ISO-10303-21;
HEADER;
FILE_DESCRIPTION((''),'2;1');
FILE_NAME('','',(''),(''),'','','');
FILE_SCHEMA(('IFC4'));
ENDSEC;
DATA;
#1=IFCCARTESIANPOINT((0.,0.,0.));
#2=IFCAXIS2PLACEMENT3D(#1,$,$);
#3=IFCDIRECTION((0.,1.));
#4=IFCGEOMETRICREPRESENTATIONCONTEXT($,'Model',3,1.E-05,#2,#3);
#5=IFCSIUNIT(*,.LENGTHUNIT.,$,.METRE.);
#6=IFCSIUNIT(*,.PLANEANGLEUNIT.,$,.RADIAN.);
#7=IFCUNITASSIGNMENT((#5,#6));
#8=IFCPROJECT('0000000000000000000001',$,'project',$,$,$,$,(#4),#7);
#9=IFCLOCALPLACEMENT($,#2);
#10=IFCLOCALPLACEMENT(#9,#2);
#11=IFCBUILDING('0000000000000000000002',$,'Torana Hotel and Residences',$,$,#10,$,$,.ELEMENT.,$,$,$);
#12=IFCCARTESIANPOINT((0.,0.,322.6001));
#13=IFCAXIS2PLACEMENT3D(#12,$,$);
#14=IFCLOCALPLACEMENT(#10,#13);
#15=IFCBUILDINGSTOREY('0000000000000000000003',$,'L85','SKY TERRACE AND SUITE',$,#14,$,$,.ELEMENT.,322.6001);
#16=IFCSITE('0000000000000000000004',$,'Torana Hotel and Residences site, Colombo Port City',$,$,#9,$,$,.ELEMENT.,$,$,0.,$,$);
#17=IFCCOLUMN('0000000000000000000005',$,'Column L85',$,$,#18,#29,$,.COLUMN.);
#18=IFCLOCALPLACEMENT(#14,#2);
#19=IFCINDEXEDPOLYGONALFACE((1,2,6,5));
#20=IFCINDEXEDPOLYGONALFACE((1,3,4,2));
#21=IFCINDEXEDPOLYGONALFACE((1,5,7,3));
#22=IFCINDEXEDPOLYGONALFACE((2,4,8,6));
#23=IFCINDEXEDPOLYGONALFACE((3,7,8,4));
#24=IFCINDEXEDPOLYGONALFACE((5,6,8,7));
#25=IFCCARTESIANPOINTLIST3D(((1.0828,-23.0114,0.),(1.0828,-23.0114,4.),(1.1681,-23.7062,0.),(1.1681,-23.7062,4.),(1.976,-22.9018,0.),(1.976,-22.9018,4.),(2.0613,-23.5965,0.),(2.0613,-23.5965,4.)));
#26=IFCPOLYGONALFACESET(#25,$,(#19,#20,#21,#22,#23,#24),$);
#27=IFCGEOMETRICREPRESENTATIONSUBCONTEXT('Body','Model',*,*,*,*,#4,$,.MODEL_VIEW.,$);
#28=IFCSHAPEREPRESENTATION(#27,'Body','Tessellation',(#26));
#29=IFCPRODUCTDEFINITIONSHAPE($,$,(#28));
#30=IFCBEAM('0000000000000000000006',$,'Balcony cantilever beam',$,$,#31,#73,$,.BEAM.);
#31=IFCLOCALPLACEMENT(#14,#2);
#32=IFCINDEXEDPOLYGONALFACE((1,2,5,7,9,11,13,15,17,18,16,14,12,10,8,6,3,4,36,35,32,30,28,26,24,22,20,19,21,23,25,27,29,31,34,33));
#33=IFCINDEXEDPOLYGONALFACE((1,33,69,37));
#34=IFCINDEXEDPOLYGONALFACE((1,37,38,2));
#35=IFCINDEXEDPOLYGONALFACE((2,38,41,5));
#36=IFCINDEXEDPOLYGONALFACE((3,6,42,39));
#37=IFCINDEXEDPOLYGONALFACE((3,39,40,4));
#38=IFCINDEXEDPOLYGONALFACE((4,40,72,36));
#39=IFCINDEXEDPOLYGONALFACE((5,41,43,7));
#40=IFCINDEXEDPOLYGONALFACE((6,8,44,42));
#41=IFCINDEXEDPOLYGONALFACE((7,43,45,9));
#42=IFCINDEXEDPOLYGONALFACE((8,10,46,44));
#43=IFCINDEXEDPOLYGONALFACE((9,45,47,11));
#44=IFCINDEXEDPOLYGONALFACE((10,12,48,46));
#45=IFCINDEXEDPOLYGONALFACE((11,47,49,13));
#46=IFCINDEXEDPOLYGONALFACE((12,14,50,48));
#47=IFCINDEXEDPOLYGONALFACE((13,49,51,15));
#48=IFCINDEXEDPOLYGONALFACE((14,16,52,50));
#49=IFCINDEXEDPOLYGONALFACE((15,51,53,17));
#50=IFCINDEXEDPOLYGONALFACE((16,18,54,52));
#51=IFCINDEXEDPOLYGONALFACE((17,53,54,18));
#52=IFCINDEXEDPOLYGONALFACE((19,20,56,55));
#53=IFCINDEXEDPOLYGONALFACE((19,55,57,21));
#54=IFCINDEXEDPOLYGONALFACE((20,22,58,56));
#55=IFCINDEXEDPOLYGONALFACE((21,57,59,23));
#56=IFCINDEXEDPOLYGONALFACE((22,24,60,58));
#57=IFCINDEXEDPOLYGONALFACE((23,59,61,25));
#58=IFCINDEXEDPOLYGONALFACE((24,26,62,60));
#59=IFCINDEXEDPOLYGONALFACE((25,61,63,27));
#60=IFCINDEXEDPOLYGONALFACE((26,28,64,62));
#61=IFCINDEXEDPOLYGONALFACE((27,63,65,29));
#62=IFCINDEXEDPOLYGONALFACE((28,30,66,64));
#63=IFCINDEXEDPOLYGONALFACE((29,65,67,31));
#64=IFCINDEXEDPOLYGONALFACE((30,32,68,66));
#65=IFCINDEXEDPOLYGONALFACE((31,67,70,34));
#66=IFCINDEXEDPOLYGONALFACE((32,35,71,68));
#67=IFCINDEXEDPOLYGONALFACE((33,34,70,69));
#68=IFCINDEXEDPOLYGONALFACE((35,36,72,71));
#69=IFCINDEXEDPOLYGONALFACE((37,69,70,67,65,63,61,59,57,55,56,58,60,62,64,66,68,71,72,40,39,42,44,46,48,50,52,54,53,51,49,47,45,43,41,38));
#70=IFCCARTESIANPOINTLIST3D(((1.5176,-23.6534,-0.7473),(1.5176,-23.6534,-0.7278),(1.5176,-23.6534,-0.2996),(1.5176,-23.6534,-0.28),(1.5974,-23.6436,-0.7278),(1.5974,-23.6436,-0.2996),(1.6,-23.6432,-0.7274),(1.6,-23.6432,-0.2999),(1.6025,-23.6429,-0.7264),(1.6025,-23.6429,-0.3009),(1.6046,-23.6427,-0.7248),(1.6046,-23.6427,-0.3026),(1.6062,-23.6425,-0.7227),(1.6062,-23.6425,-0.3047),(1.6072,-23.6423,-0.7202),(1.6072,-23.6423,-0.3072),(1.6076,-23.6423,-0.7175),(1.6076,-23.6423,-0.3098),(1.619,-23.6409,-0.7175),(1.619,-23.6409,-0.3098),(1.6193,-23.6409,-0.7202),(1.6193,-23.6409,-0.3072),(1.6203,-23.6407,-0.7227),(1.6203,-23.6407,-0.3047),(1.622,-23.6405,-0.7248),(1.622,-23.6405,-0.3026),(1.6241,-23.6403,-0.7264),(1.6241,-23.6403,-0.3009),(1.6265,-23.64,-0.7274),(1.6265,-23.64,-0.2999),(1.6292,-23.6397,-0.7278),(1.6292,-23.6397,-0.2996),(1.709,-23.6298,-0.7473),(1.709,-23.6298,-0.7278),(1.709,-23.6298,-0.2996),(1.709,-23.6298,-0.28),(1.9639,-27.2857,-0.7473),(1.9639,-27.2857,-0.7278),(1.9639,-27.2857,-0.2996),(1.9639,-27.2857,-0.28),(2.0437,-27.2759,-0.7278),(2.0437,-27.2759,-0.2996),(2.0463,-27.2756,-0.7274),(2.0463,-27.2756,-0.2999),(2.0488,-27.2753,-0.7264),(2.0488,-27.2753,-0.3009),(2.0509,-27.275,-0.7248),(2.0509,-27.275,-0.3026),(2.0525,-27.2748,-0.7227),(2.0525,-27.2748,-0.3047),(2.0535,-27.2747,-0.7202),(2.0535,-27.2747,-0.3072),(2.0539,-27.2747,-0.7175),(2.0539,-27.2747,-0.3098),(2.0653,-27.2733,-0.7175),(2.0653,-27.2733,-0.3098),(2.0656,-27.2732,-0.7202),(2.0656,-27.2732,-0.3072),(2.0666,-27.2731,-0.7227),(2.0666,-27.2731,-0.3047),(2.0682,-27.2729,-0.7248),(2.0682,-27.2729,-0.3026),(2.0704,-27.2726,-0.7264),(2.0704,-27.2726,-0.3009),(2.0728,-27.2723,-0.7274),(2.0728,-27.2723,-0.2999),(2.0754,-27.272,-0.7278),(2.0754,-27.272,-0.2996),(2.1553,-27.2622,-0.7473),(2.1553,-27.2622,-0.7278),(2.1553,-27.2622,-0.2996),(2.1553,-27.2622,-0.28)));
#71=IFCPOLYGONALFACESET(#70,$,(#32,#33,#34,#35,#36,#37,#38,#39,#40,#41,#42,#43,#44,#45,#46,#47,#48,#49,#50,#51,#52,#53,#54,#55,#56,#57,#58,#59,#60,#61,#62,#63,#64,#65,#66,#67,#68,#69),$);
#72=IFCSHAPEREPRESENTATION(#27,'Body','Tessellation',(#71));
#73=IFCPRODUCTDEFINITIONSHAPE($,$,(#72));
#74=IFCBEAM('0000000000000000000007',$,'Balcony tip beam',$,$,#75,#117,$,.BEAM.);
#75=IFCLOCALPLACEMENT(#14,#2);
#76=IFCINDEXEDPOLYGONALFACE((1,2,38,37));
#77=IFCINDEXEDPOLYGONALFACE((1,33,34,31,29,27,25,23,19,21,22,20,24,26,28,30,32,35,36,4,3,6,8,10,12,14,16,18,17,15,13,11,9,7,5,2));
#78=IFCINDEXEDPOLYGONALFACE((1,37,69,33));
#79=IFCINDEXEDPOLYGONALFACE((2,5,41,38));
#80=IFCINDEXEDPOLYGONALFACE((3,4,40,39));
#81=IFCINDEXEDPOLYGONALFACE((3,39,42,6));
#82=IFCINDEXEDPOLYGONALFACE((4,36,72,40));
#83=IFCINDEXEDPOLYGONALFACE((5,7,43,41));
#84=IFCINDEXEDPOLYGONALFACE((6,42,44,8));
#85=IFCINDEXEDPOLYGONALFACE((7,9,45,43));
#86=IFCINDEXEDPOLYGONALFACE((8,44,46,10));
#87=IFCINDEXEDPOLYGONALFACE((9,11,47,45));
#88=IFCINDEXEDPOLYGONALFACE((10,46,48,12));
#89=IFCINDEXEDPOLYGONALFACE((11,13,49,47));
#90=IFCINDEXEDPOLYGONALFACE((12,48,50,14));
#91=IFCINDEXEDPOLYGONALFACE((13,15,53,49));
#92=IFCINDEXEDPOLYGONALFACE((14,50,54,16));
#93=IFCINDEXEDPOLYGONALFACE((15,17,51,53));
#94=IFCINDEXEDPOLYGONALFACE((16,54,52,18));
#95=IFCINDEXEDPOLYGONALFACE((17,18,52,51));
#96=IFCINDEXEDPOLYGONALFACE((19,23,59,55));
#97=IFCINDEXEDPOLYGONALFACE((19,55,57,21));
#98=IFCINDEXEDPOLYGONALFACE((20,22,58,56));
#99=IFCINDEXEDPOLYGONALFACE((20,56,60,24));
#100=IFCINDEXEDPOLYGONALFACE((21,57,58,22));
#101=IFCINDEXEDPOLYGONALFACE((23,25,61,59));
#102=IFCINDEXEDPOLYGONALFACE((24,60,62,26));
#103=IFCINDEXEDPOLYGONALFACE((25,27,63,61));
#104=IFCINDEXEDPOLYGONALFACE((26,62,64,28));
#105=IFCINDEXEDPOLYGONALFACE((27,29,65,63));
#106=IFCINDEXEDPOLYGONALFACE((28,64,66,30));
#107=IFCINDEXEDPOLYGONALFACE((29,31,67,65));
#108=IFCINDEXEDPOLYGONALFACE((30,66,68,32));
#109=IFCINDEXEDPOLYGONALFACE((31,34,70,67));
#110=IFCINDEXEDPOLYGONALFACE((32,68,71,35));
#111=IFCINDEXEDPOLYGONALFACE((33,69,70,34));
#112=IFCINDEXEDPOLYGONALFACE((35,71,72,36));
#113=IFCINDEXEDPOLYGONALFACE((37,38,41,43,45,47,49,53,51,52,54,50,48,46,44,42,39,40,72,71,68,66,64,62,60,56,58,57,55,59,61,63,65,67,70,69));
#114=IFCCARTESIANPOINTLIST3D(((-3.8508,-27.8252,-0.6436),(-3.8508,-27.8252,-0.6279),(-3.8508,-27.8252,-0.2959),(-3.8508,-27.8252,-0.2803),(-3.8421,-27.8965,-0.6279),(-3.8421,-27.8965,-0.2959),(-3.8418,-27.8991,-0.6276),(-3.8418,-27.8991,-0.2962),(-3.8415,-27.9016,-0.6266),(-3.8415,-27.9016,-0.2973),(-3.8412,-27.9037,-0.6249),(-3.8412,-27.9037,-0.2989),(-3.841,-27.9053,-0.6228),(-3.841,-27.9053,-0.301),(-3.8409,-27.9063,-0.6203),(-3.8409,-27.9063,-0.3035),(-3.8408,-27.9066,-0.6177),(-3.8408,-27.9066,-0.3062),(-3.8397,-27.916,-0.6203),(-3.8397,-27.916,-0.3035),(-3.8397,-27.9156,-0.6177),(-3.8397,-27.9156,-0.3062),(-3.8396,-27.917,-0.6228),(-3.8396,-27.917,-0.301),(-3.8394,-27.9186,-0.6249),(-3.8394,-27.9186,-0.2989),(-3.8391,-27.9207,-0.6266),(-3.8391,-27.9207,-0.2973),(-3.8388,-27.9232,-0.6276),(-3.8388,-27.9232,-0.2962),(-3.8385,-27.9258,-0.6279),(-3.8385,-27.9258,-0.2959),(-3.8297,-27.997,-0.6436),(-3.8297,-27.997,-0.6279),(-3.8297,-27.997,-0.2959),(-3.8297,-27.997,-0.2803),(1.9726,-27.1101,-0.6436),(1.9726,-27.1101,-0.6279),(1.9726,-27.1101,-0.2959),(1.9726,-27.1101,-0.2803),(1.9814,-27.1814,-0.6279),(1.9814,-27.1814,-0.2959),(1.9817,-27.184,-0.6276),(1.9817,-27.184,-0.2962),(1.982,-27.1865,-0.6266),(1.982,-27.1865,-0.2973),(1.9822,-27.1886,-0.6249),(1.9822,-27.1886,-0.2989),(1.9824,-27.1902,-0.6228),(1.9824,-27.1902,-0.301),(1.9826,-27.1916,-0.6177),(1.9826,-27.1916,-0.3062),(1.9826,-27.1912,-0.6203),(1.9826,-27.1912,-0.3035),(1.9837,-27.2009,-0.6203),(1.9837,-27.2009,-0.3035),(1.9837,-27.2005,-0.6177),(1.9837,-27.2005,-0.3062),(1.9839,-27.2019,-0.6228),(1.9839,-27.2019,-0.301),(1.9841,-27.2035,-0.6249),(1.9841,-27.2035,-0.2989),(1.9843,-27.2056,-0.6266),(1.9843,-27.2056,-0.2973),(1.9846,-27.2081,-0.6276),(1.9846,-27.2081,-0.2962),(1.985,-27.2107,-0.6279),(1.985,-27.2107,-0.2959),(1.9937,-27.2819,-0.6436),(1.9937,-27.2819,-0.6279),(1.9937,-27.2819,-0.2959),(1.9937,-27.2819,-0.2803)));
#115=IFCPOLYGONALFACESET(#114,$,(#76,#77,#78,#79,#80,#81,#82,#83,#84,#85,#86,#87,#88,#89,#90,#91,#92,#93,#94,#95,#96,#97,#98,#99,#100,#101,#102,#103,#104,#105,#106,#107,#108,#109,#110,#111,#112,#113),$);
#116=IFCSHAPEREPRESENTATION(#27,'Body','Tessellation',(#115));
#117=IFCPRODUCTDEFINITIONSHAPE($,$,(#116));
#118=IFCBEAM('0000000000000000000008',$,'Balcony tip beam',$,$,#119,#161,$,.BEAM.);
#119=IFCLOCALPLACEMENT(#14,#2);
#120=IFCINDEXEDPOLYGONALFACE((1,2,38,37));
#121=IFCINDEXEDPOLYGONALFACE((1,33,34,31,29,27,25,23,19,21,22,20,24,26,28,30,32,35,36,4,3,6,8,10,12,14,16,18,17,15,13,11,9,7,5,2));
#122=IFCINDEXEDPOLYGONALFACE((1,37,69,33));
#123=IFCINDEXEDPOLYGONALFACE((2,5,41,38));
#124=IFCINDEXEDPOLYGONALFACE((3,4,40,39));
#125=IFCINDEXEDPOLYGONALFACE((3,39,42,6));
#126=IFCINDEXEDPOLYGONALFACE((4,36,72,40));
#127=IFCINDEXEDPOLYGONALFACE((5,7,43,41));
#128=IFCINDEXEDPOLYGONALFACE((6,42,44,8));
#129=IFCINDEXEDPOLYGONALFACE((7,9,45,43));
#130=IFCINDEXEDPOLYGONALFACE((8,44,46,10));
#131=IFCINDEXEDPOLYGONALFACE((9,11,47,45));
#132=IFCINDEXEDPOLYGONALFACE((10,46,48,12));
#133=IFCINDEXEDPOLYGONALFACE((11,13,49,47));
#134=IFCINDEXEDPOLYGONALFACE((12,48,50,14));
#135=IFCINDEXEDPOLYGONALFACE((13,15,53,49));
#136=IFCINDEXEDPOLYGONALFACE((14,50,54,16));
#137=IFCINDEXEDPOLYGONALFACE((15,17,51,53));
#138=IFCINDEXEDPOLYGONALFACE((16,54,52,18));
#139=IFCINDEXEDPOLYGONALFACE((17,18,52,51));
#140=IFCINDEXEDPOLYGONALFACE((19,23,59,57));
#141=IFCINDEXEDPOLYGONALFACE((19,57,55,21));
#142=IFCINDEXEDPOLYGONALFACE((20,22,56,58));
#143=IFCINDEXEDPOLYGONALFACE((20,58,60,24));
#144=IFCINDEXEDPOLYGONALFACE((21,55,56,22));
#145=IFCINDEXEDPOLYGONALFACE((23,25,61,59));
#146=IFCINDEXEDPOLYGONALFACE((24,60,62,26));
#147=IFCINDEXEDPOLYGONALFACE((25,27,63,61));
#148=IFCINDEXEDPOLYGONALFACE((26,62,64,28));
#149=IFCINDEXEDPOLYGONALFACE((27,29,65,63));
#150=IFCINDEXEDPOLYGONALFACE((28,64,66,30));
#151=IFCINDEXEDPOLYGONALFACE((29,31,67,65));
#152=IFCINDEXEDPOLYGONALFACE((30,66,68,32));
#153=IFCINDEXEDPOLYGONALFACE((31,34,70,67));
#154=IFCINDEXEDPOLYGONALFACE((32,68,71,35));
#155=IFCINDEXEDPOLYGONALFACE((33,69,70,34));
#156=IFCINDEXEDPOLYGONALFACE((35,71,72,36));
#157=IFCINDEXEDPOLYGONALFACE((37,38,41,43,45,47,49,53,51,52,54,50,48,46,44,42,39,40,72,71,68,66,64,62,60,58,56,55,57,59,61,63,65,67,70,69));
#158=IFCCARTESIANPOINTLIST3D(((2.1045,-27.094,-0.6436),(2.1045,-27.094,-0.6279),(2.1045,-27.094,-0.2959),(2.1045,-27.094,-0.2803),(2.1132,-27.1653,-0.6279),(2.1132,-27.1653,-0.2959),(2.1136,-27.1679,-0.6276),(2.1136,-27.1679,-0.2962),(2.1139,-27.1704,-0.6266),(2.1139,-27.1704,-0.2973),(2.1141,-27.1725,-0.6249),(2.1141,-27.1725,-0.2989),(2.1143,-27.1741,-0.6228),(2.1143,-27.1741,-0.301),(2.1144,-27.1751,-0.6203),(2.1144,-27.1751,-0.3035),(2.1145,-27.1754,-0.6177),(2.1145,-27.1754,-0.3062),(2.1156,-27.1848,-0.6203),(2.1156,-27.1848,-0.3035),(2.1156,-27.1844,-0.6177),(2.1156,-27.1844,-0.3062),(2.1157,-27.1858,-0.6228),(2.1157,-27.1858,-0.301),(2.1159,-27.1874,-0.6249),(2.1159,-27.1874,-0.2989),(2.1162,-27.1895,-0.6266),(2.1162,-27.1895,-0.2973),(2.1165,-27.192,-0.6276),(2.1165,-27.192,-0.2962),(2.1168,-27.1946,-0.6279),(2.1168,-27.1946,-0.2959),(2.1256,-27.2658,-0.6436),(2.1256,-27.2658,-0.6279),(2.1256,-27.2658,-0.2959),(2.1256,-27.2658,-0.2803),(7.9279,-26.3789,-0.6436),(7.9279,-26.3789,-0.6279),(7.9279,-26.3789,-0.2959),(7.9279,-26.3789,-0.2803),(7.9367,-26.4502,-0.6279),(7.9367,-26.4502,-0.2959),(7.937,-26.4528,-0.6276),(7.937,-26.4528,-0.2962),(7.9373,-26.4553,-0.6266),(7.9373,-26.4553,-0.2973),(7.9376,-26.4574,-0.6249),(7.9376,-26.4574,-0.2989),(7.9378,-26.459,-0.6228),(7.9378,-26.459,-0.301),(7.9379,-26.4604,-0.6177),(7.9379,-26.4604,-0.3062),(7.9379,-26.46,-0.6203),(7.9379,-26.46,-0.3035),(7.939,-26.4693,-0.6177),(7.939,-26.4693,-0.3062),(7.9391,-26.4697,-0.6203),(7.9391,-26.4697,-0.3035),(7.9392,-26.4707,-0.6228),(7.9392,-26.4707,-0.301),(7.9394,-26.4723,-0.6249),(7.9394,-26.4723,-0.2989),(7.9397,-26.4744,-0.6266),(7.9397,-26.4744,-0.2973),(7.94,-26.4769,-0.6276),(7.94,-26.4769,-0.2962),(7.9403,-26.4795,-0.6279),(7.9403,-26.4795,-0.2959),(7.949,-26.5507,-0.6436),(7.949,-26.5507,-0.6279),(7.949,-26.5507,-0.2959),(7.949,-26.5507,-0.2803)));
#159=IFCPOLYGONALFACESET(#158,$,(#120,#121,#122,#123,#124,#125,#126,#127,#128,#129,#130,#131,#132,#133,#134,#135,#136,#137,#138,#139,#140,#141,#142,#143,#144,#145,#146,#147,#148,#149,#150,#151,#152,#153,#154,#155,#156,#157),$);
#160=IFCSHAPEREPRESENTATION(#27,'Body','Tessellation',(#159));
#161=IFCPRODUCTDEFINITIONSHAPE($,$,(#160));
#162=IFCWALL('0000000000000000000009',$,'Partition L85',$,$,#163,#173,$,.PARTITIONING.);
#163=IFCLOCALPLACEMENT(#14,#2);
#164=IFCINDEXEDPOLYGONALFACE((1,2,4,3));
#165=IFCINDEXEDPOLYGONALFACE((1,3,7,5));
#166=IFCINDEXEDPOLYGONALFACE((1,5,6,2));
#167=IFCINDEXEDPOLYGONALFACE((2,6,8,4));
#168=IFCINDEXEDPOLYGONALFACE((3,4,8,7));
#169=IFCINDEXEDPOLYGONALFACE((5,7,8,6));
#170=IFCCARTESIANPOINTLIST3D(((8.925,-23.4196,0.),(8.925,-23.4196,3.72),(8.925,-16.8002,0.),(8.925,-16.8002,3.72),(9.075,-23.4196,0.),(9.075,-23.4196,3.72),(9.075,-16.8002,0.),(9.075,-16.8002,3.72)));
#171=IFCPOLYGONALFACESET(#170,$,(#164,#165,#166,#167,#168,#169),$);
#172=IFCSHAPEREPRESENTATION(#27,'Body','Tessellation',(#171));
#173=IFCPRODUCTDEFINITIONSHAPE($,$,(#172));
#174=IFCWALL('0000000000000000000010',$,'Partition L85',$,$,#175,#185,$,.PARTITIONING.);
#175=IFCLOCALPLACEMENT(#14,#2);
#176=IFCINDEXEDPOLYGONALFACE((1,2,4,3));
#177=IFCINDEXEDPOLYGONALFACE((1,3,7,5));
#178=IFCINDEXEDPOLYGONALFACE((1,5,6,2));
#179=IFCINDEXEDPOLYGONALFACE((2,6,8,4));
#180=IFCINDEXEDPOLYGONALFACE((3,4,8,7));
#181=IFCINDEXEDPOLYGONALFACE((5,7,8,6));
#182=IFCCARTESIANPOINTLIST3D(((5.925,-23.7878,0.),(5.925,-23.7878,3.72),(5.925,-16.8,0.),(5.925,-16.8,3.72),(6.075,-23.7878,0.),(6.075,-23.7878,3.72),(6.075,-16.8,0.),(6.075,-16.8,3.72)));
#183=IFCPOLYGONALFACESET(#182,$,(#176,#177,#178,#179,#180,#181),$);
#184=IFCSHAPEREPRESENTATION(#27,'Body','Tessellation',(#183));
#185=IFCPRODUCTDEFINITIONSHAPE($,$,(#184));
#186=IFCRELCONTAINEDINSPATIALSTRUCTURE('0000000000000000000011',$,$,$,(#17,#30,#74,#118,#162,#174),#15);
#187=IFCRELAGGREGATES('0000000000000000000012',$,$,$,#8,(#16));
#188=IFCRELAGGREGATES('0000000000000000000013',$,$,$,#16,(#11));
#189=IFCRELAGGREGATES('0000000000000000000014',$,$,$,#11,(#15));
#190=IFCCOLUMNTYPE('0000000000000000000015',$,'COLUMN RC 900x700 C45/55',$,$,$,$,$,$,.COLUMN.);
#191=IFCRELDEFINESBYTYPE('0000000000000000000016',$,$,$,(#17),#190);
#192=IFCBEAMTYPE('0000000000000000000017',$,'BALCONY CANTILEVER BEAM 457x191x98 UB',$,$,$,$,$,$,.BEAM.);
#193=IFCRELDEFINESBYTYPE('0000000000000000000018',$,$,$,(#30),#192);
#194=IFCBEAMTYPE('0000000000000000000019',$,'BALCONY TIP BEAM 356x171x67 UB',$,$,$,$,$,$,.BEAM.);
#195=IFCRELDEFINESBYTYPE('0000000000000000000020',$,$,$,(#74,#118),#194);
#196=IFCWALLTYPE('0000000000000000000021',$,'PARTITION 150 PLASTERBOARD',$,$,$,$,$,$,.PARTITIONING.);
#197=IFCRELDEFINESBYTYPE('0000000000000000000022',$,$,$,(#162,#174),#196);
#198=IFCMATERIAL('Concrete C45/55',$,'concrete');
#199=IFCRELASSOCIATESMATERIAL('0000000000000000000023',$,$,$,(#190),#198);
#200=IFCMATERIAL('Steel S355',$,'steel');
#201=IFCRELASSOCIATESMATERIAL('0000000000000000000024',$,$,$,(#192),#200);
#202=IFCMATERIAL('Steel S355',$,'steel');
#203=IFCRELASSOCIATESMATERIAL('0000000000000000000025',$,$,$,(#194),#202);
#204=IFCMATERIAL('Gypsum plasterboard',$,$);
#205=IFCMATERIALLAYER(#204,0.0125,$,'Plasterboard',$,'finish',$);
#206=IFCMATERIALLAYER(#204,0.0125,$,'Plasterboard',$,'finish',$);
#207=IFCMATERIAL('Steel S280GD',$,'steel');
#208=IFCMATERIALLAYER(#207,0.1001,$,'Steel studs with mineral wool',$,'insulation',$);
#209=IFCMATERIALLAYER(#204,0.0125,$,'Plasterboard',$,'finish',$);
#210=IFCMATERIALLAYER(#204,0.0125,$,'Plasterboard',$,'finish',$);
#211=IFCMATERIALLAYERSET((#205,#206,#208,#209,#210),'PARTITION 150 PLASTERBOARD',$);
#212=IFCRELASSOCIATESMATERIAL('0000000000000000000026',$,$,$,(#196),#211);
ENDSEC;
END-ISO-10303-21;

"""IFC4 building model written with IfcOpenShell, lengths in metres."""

from ifc_helpers import new_model, si_unit, direction, frame, frame_2d, origin, origin_2d, place, context, subcontext, project, spatial, rectangle, i_section, extrude, material, layer, layer_set, material_profile, profile_set, type_object, element, save


model = new_model("IFC4")

# Units and contexts
model_context = context("Model", 3, precision=1e-05, world=origin(), true_north=direction((0.0, 1.0)))
body_context = subcontext(model_context, "Body", "Model", "MODEL_VIEW")
ifc_project = project(units=[si_unit("LENGTHUNIT", "METRE"), si_unit("PLANEANGLEUNIT", "RADIAN")], contexts=[model_context])

# Site, building, storey
site_placement = place(None, origin())
site = spatial("IfcSite", under=ifc_project, at=site_placement, Name="Torana Hotel and Residences site, Colombo Port City", CompositionType="ELEMENT", RefElevation=0.0)
building_placement = place(site_placement, origin())
building = spatial("IfcBuilding", under=site, at=building_placement, Name="Torana Hotel and Residences", CompositionType="ELEMENT")
storey_placement = place(building_placement, frame((0.0, 0.0, 322.6001)))
storey = spatial("IfcBuildingStorey", under=building, at=storey_placement, Name="L85", Description="SKY TERRACE AND SUITE", CompositionType="ELEMENT", Elevation=322.6001)

# Column
ifc_material_1 = material(Name="Concrete C45/55", Category="concrete")
ifc_material_profile_1 = material_profile(ifc_material_1, rectangle(XDim=0.8999, YDim=0.7, at=origin_2d()), Name="RC 900x700")
ifc_profile_set_1 = profile_set([ifc_material_profile_1], Name="Concrete C45/55")
column_type = type_object("IfcColumnType", Name="COLUMN RC 900x700 C45/55", PredefinedType="COLUMN", material=ifc_profile_set_1)
column_placement = place(storey_placement, frame((1.572, -23.304, 0.0), z_axis=(0.0, 0.0, 1.0), x_axis=(0.992546, 0.121869, 0.0)))
element("IfcColumn", 1, at=column_placement, inside=storey, type_object=column_type, Name="Column L85", PredefinedType="COLUMN", context=body_context, shape_type="SweptSolid", body=[
    extrude(rectangle(XDim=0.8999, YDim=0.7, at=origin_2d()), origin(), (0.0, 0.0, 1.0), 4.0),
])

# Beams
ifc_material_2 = material(Name="Steel S355", Category="steel")
ifc_material_profile_2 = material_profile(ifc_material_2, i_section(OverallWidth=0.1929, OverallDepth=0.4673, WebThickness=0.0115, FlangeThickness=0.0195, FilletRadius=0.0103, at=origin_2d()), Name="457x191x98 UB")
ifc_profile_set_2 = profile_set([ifc_material_profile_2], Name="Steel S355")
beam_type_1 = type_object("IfcBeamType", Name="BALCONY CANTILEVER BEAM 457x191x98 UB", PredefinedType="BEAM", material=ifc_profile_set_2)
beam_placement = place(storey_placement, frame((1.6133, -23.6416, -0.5137), z_axis=(0.121949, -0.992536, 0.0), x_axis=(0.992536, 0.121949, 0.0)))
element("IfcBeam", 2, at=beam_placement, inside=storey, type_object=beam_type_1, Name="Balcony cantilever beam", PredefinedType="BEAM", context=body_context, shape_type="SweptSolid", body=[
    extrude(i_section(OverallWidth=0.1929, OverallDepth=0.4673, WebThickness=0.0115, FlangeThickness=0.0195, FilletRadius=0.0103, at=origin_2d()), origin(), (0.0, 0.0, 1.0), 3.6597),
])
ifc_material_3 = material(Name="Steel S355", Category="steel")
ifc_material_profile_3 = material_profile(ifc_material_3, i_section(OverallWidth=0.1731, OverallDepth=0.3633, WebThickness=0.009, FlangeThickness=0.0156, FilletRadius=0.0103, at=origin_2d()), Name="356x171x67 UB")
ifc_profile_set_3 = profile_set([ifc_material_profile_3], Name="Steel S355")
beam_type_2 = type_object("IfcBeamType", Name="BALCONY TIP BEAM 356x171x67 UB", PredefinedType="BEAM", material=ifc_profile_set_3)
for number, where, z_axis, x_axis, name in (
    (3, (1.9832, -27.196, -0.4619), (-0.992545, -0.121878, 0.0), (0.121878, -0.992545, 0.0), "Balcony tip beam"),
    (4, (7.9385, -26.4648, -0.4619), (-0.992545, -0.121878, 0.0), (0.121878, -0.992545, 0.0), "Balcony tip beam"),
):
    element("IfcBeam", number, at=place(storey_placement, frame(where, z_axis=z_axis, x_axis=x_axis)), inside=storey, type_object=beam_type_2, Name=name, PredefinedType="BEAM", context=body_context, shape_type="SweptSolid", body=[
        extrude(i_section(OverallWidth=0.1731, OverallDepth=0.3633, WebThickness=0.009, FlangeThickness=0.0156, FilletRadius=0.0103, at=origin_2d()), origin(), (0.0, 0.0, 1.0), 5.8672),
    ])

# Walls
ifc_material_4 = material(Name="Gypsum plasterboard")
ifc_layer_1 = layer(ifc_material_4, 0.0125, Name="Plasterboard", Category="finish")
ifc_layer_2 = layer(ifc_material_4, 0.0125, Name="Plasterboard", Category="finish")
ifc_material_5 = material(Name="Steel S280GD", Category="steel")
ifc_layer_3 = layer(ifc_material_5, 0.1001, Name="Steel studs with mineral wool", Category="insulation")
ifc_layer_4 = layer(ifc_material_4, 0.0125, Name="Plasterboard", Category="finish")
ifc_layer_5 = layer(ifc_material_4, 0.0125, Name="Plasterboard", Category="finish")
ifc_layer_set_1 = layer_set([ifc_layer_1, ifc_layer_2, ifc_layer_3, ifc_layer_4, ifc_layer_5], Name="PARTITION 150 PLASTERBOARD")
wall_type_1 = type_object("IfcWallType", Name="PARTITION 150 PLASTERBOARD", PredefinedType="PARTITIONING", material=ifc_layer_set_1)
wall_1_placement = place(storey_placement, frame((9.0, -23.4194, 0.0), z_axis=(0.0, 0.0, 1.0), x_axis=(0.0, 1.0, 0.0)))
element("IfcWall", 5, at=wall_1_placement, inside=storey, type_object=wall_type_1, Name="Partition L85", PredefinedType="PARTITIONING", context=body_context, shape_type="SweptSolid", body=[
    extrude(rectangle(XDim=6.6194, YDim=0.1499, at=frame_2d((3.3096, 0.0))), origin(), (0.0, 0.0, 1.0), 3.72),
])
wall_2_placement = place(storey_placement, frame((6.0, -23.7878, 0.0), z_axis=(0.0, 0.0, 1.0), x_axis=(0.0, 1.0, 0.0)))
element("IfcWall", 6, at=wall_2_placement, inside=storey, type_object=wall_type_1, Name="Partition L85", PredefinedType="PARTITIONING", context=body_context, shape_type="SweptSolid", body=[
    extrude(rectangle(XDim=6.9878, YDim=0.1499, at=frame_2d((3.4939, 0.0))), origin(), (0.0, 0.0, 1.0), 3.72),
])

save(model, "model.ifc")
